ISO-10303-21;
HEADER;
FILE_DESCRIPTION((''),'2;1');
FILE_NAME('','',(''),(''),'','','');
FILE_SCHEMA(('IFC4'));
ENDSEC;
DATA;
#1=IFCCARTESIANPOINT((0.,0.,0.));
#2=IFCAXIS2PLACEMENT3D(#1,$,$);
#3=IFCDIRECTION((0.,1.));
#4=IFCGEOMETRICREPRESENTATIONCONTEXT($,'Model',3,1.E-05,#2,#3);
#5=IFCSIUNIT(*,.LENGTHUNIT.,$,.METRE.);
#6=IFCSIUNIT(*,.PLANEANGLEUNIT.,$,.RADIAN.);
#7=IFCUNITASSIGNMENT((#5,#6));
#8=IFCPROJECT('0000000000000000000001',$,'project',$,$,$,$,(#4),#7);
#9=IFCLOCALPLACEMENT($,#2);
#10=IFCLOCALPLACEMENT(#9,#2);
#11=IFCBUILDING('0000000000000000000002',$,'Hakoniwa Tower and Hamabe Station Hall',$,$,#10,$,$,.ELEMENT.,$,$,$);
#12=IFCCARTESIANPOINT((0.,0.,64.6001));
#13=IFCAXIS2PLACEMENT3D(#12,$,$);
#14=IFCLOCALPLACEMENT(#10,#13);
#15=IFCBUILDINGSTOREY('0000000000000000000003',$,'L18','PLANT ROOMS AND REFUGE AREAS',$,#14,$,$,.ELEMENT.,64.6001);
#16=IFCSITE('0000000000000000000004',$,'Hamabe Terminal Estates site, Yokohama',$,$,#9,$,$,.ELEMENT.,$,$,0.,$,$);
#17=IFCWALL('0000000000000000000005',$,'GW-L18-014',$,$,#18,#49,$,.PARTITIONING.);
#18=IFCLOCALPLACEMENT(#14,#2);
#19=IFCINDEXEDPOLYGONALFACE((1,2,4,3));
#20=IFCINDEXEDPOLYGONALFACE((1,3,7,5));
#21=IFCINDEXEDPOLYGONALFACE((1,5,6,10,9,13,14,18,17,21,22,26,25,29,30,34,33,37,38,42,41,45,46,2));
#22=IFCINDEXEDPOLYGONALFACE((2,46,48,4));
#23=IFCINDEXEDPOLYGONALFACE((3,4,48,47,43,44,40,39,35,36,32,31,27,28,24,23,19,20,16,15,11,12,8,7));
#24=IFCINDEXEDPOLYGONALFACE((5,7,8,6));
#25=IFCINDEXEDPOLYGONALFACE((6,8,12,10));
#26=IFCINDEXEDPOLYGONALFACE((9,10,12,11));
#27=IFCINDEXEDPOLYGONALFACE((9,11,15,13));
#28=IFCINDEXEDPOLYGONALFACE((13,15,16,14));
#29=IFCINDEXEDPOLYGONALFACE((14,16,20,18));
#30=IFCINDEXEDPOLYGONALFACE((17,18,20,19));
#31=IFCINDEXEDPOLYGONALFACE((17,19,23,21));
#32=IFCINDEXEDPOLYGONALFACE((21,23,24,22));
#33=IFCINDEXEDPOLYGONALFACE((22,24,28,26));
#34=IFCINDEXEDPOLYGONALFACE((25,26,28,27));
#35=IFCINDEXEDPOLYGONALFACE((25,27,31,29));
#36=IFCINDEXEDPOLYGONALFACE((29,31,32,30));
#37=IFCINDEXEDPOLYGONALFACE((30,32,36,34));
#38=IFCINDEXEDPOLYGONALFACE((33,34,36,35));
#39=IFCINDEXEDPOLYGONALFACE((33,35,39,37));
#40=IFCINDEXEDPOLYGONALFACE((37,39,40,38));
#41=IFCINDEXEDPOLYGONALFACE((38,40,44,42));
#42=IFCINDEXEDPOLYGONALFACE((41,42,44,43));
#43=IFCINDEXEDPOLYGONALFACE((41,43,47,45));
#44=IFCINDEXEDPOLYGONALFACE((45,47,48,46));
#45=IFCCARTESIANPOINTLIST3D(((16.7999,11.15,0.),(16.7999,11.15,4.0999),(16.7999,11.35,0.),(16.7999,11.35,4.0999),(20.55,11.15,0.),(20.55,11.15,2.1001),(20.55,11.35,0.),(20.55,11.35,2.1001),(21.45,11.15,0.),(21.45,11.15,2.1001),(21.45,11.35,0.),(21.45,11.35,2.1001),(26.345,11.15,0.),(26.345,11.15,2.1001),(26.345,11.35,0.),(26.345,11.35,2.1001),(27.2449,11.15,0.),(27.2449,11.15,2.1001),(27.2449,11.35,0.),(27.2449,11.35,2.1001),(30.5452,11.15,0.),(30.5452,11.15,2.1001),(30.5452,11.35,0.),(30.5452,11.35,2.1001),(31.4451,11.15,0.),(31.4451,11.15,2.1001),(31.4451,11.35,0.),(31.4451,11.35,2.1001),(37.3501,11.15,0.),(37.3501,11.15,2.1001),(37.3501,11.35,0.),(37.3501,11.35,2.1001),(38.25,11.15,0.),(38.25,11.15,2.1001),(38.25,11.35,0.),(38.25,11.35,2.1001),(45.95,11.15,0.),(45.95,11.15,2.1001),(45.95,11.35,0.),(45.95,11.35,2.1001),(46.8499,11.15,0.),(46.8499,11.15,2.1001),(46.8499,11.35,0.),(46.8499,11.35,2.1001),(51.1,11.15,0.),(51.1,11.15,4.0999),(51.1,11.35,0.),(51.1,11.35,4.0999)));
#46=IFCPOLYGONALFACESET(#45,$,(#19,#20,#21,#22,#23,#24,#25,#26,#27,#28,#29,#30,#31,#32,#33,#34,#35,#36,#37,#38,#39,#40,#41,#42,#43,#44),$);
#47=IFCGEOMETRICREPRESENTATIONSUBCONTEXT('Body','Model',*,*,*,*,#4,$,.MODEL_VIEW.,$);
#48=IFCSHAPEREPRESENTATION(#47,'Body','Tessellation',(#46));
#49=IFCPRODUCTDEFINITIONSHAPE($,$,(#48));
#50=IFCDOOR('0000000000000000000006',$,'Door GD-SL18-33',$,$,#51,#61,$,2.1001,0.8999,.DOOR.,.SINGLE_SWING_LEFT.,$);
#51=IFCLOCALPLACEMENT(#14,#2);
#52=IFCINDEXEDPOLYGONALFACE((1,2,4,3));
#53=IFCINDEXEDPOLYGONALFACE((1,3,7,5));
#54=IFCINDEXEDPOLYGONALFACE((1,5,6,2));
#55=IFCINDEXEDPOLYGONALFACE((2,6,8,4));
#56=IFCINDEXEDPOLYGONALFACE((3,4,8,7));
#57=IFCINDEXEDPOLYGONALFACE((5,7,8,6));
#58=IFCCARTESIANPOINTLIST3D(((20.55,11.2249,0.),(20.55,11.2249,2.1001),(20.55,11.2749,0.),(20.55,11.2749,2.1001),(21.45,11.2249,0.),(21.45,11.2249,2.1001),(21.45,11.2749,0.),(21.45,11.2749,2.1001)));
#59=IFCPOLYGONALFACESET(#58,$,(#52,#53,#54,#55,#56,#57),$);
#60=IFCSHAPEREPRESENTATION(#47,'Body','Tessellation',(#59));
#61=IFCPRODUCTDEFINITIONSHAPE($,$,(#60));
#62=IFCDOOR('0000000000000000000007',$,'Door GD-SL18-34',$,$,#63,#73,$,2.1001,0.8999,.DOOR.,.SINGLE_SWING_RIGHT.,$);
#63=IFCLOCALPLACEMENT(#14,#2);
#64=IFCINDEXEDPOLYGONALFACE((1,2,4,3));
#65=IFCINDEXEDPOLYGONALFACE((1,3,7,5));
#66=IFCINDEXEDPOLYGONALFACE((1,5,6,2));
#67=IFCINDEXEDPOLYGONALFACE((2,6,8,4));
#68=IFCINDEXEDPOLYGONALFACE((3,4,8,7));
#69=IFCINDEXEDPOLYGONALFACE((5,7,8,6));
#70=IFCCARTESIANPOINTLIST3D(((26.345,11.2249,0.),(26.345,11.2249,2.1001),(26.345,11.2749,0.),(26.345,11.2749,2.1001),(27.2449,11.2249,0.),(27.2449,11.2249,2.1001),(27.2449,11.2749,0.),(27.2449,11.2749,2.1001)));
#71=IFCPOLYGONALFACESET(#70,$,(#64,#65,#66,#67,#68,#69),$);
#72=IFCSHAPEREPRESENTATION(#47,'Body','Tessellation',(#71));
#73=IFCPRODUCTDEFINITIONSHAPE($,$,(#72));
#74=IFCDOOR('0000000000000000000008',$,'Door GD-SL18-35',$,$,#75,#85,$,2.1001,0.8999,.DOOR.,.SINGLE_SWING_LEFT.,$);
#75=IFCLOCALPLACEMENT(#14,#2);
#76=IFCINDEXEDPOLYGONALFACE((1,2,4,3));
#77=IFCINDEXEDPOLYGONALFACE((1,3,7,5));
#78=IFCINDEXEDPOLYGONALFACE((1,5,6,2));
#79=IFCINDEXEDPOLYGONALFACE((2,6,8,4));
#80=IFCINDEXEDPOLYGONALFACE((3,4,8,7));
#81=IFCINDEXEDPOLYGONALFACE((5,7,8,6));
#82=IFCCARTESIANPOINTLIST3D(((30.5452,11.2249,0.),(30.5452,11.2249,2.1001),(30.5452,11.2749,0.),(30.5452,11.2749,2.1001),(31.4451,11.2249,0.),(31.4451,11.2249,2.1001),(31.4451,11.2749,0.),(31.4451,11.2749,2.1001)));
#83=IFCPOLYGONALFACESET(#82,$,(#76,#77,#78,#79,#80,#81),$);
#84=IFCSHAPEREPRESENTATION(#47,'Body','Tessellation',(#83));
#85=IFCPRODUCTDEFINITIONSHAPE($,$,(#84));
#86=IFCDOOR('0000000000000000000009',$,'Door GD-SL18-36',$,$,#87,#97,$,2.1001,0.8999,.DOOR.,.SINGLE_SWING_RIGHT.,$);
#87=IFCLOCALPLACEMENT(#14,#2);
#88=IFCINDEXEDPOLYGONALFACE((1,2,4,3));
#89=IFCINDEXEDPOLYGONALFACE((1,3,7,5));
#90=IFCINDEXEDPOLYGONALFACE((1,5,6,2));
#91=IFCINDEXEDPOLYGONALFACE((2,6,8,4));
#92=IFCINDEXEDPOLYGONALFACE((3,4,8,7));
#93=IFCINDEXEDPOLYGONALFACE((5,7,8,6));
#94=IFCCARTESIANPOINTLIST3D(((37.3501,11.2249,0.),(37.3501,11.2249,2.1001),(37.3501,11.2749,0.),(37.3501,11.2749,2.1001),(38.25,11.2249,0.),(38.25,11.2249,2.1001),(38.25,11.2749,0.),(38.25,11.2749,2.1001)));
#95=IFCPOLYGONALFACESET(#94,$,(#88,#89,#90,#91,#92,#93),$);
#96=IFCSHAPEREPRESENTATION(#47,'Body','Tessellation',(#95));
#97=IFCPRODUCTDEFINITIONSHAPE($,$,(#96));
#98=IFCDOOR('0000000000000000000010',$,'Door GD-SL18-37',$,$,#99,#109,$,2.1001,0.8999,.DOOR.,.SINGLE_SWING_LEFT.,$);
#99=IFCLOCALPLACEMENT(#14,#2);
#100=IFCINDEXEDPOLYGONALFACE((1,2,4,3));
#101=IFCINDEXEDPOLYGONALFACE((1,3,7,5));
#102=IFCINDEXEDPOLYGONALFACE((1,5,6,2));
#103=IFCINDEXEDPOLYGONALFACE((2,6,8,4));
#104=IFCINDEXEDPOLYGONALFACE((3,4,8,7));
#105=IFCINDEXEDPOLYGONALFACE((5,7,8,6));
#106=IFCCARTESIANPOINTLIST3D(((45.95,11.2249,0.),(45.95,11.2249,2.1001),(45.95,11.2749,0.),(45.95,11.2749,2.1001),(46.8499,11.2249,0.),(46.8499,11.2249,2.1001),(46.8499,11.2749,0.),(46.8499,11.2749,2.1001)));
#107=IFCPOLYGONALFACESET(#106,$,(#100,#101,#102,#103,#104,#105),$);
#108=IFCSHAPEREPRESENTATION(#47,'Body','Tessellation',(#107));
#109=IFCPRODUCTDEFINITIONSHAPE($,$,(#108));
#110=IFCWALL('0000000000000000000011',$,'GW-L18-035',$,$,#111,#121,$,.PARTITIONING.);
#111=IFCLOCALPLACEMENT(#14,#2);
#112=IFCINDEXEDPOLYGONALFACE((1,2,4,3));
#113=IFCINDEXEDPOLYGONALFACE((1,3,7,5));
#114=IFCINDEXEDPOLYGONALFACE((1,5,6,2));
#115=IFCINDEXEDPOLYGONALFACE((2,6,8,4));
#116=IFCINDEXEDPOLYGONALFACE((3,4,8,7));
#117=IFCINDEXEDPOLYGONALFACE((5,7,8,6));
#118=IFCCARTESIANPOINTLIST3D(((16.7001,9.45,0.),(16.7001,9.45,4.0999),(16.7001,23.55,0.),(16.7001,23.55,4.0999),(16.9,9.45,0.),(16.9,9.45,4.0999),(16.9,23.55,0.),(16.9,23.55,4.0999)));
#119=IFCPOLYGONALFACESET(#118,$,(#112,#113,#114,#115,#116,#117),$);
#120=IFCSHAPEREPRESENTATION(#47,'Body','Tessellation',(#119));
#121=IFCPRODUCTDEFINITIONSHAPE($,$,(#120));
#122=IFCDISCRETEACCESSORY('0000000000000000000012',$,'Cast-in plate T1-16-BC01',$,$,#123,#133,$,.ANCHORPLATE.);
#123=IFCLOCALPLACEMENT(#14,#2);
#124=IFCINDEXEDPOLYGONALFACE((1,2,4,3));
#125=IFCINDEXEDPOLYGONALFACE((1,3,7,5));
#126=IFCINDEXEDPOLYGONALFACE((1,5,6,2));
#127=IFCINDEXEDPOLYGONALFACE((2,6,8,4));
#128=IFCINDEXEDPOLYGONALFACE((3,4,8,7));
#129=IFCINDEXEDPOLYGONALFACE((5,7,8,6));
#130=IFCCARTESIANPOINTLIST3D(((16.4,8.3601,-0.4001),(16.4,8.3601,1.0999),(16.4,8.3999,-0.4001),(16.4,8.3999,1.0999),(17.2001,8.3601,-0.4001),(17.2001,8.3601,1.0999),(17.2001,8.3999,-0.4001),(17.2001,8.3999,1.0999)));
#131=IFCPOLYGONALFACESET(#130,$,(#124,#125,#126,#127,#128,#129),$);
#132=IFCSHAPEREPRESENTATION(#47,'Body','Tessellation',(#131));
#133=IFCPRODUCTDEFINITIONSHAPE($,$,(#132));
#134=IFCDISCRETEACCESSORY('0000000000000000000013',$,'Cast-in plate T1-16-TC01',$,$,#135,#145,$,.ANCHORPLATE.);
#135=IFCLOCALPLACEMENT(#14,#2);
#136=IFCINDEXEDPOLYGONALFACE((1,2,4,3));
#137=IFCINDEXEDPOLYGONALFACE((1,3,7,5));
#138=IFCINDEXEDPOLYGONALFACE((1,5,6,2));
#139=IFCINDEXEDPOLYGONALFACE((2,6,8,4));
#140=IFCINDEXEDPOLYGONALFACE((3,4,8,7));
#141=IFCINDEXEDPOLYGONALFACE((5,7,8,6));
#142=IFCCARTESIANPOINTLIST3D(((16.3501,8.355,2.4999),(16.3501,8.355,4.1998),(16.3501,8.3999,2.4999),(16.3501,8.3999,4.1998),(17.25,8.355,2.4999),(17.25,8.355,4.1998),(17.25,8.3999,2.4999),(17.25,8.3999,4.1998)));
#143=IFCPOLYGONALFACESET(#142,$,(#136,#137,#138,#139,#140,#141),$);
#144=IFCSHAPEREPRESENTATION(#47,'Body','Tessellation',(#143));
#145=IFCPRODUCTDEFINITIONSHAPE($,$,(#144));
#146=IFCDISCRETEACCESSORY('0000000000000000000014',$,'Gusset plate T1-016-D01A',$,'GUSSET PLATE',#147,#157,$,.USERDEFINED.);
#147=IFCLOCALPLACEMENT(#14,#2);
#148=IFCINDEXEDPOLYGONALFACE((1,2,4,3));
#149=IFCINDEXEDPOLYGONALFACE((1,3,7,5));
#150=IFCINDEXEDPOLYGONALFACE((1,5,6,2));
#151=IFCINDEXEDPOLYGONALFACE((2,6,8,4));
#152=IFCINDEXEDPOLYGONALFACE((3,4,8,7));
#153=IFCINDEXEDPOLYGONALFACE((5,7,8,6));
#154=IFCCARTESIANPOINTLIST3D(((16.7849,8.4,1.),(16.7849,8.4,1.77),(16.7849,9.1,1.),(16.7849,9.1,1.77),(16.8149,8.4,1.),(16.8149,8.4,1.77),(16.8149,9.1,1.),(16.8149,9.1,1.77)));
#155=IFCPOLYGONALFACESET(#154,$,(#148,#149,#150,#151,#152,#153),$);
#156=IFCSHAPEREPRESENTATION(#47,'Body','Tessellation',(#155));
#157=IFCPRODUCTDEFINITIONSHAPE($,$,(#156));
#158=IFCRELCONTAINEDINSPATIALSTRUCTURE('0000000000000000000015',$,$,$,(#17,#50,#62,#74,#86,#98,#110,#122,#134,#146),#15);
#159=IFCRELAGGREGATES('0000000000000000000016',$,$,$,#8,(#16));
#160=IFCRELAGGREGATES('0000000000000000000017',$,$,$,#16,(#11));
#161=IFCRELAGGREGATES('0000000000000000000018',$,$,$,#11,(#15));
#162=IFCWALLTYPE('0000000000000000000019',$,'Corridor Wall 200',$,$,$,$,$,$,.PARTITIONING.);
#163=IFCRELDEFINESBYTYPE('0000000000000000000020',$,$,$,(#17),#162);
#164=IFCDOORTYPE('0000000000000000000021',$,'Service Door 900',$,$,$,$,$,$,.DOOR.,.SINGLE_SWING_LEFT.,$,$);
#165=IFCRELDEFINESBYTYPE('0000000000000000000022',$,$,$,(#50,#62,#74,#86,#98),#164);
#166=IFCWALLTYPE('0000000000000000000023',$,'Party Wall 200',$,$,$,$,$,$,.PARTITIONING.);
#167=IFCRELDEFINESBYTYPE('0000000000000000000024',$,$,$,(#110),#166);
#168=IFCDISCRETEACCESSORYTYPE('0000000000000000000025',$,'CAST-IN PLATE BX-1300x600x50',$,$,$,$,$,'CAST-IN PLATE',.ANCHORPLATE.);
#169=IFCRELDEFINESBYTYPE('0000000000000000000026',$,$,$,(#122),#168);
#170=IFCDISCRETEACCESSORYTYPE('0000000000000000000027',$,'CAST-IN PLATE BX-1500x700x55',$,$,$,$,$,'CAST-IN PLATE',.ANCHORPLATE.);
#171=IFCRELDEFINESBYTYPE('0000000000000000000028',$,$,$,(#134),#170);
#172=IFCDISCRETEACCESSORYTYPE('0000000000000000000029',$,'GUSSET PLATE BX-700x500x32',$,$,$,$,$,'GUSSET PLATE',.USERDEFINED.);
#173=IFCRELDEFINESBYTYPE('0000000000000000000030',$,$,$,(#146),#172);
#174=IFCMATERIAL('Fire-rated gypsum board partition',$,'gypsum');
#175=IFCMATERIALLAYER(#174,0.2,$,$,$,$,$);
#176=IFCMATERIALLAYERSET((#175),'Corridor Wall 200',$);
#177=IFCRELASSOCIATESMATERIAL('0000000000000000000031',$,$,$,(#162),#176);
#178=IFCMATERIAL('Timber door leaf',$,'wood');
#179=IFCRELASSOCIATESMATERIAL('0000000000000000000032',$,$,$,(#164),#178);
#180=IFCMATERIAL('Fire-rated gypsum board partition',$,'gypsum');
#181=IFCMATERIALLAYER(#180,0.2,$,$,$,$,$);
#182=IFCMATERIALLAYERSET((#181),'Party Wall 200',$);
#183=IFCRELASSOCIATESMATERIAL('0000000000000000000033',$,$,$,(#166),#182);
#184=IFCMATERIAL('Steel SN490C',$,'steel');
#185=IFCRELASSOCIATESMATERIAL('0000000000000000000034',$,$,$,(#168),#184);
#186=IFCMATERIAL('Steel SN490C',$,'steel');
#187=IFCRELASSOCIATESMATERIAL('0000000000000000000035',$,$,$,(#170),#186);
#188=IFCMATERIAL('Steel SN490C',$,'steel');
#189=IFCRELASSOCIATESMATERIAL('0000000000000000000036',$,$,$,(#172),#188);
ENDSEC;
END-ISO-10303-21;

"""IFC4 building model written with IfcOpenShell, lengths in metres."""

from ifc_helpers import new_model, si_unit, direction, frame, frame_2d, origin, origin_2d, place, context, subcontext, project, spatial, rectangle, extrude, material, layer, layer_set, material_profile, profile_set, type_object, element, fill, save


model = new_model("IFC4")

# Units and contexts
model_context = context("Model", 3, precision=1e-05, world=origin(), true_north=direction((0.0, 1.0)))
body_context = subcontext(model_context, "Body", "Model", "MODEL_VIEW")
ifc_project = project(units=[si_unit("LENGTHUNIT", "METRE"), si_unit("PLANEANGLEUNIT", "RADIAN")], contexts=[model_context])

# Site, building, storey
site_placement = place(None, origin())
site = spatial("IfcSite", under=ifc_project, at=site_placement, Name="Hamabe Terminal Estates site, Yokohama", CompositionType="ELEMENT", RefElevation=0.0)
building_placement = place(site_placement, origin())
building = spatial("IfcBuilding", under=site, at=building_placement, Name="Hakoniwa Tower and Hamabe Station Hall", CompositionType="ELEMENT")
storey_placement = place(building_placement, frame((0.0, 0.0, 64.6001)))
storey = spatial("IfcBuildingStorey", under=building, at=storey_placement, Name="L18", Description="PLANT ROOMS AND REFUGE AREAS", CompositionType="ELEMENT", Elevation=64.6001)

# Wall, openings, doors
ifc_material_1 = material(Name="Fire-rated gypsum board partition", Category="gypsum")
ifc_layer_1 = layer(ifc_material_1, 0.2)
ifc_layer_set_1 = layer_set([ifc_layer_1], Name="Corridor Wall 200")
wall_type_1 = type_object("IfcWallType", Name="Corridor Wall 200", PredefinedType="PARTITIONING", material=ifc_layer_set_1)
wall_1_placement = place(storey_placement, frame((16.8, 11.25, 0.0), z_axis=(0.0, 0.0, 1.0), x_axis=(1.0, 0.0, 0.0)))
wall_1 = element("IfcWall", 1, at=wall_1_placement, inside=storey, type_object=wall_type_1, Name="GW-L18-014", PredefinedType="PARTITIONING", context=body_context, shape_type="SweptSolid", body=[
    extrude(rectangle(XDim=34.3, YDim=0.2, at=frame_2d((17.1499, 0.0))), origin(), (0.0, 0.0, 1.0), 4.0999),
])
opening_1_placement = place(wall_1_placement, frame((3.75, 0.0, 0.0)))
opening_1 = element("IfcOpeningElement", 2, at=opening_1_placement, cuts=wall_1, PredefinedType="OPENING", context=body_context, shape_type="SweptSolid", body=[
    extrude(rectangle(XDim=0.8999, YDim=2.1001, at=frame_2d((0.45, 1.05))), frame((0.0, 0.1099, 0.0), z_axis=(0.0, -1.0, 0.0), x_axis=(1.0, 0.0, 0.0)), (0.0, 0.0, 1.0), 0.22),
])
opening_2_placement = place(wall_1_placement, frame((9.5449, 0.0, 0.0)))
opening_2 = element("IfcOpeningElement", 3, at=opening_2_placement, cuts=wall_1, PredefinedType="OPENING", context=body_context, shape_type="SweptSolid", body=[
    extrude(rectangle(XDim=0.8999, YDim=2.1001, at=frame_2d((0.45, 1.05))), frame((0.0, 0.1099, 0.0), z_axis=(0.0, -1.0, 0.0), x_axis=(1.0, 0.0, 0.0)), (0.0, 0.0, 1.0), 0.22),
])
opening_3_placement = place(wall_1_placement, frame((13.7451, 0.0, 0.0)))
opening_3 = element("IfcOpeningElement", 4, at=opening_3_placement, cuts=wall_1, PredefinedType="OPENING", context=body_context, shape_type="SweptSolid", body=[
    extrude(rectangle(XDim=0.8999, YDim=2.1001, at=frame_2d((0.45, 1.05))), frame((0.0, 0.1099, 0.0), z_axis=(0.0, -1.0, 0.0), x_axis=(1.0, 0.0, 0.0)), (0.0, 0.0, 1.0), 0.22),
])
opening_4_placement = place(wall_1_placement, frame((20.55, 0.0, 0.0)))
opening_4 = element("IfcOpeningElement", 5, at=opening_4_placement, cuts=wall_1, PredefinedType="OPENING", context=body_context, shape_type="SweptSolid", body=[
    extrude(rectangle(XDim=0.8999, YDim=2.1001, at=frame_2d((0.45, 1.05))), frame((0.0, 0.1099, 0.0), z_axis=(0.0, -1.0, 0.0), x_axis=(1.0, 0.0, 0.0)), (0.0, 0.0, 1.0), 0.22),
])
opening_5_placement = place(wall_1_placement, frame((29.1499, 0.0, 0.0)))
opening_5 = element("IfcOpeningElement", 6, at=opening_5_placement, cuts=wall_1, PredefinedType="OPENING", context=body_context, shape_type="SweptSolid", body=[
    extrude(rectangle(XDim=0.8999, YDim=2.1001, at=frame_2d((0.45, 1.05))), frame((0.0, 0.1099, 0.0), z_axis=(0.0, -1.0, 0.0), x_axis=(1.0, 0.0, 0.0)), (0.0, 0.0, 1.0), 0.22),
])
ifc_material_2 = material(Name="Timber door leaf", Category="wood")
door_type_1 = type_object("IfcDoorType", Name="Service Door 900", OperationType="SINGLE_SWING_LEFT", PredefinedType="DOOR", material=ifc_material_2)
door_1_placement = place(opening_1_placement, origin())
door_1 = element("IfcDoor", 7, at=door_1_placement, inside=storey, type_object=door_type_1, Name="Door GD-SL18-33", OperationType="SINGLE_SWING_LEFT", OverallHeight=2.1001, OverallWidth=0.8999, PredefinedType="DOOR", context=body_context, shape_type="SweptSolid", body=[
    extrude(rectangle(XDim=0.8999, YDim=2.1001, at=frame_2d((0.45, 1.05))), frame((0.0, 0.0249, 0.0), z_axis=(0.0, -1.0, 0.0), x_axis=(1.0, 0.0, 0.0)), (0.0, 0.0, 1.0), 0.05),
])
fill(opening_1, door_1)
door_2_placement = place(opening_2_placement, origin())
door_2 = element("IfcDoor", 8, at=door_2_placement, inside=storey, type_object=door_type_1, Name="Door GD-SL18-34", OperationType="SINGLE_SWING_RIGHT", OverallHeight=2.1001, OverallWidth=0.8999, PredefinedType="DOOR", context=body_context, shape_type="SweptSolid", body=[
    extrude(rectangle(XDim=0.8999, YDim=2.1001, at=frame_2d((0.45, 1.05))), frame((0.0, 0.0249, 0.0), z_axis=(0.0, -1.0, 0.0), x_axis=(1.0, 0.0, 0.0)), (0.0, 0.0, 1.0), 0.05),
])
fill(opening_2, door_2)
door_3_placement = place(opening_3_placement, origin())
door_3 = element("IfcDoor", 9, at=door_3_placement, inside=storey, type_object=door_type_1, Name="Door GD-SL18-35", OperationType="SINGLE_SWING_LEFT", OverallHeight=2.1001, OverallWidth=0.8999, PredefinedType="DOOR", context=body_context, shape_type="SweptSolid", body=[
    extrude(rectangle(XDim=0.8999, YDim=2.1001, at=frame_2d((0.45, 1.05))), frame((0.0, 0.0249, 0.0), z_axis=(0.0, -1.0, 0.0), x_axis=(1.0, 0.0, 0.0)), (0.0, 0.0, 1.0), 0.05),
])
fill(opening_3, door_3)
door_4_placement = place(opening_4_placement, origin())
door_4 = element("IfcDoor", 10, at=door_4_placement, inside=storey, type_object=door_type_1, Name="Door GD-SL18-36", OperationType="SINGLE_SWING_RIGHT", OverallHeight=2.1001, OverallWidth=0.8999, PredefinedType="DOOR", context=body_context, shape_type="SweptSolid", body=[
    extrude(rectangle(XDim=0.8999, YDim=2.1001, at=frame_2d((0.45, 1.05))), frame((0.0, 0.0249, 0.0), z_axis=(0.0, -1.0, 0.0), x_axis=(1.0, 0.0, 0.0)), (0.0, 0.0, 1.0), 0.05),
])
fill(opening_4, door_4)
door_5_placement = place(opening_5_placement, origin())
door_5 = element("IfcDoor", 11, at=door_5_placement, inside=storey, type_object=door_type_1, Name="Door GD-SL18-37", OperationType="SINGLE_SWING_LEFT", OverallHeight=2.1001, OverallWidth=0.8999, PredefinedType="DOOR", context=body_context, shape_type="SweptSolid", body=[
    extrude(rectangle(XDim=0.8999, YDim=2.1001, at=frame_2d((0.45, 1.05))), frame((0.0, 0.0249, 0.0), z_axis=(0.0, -1.0, 0.0), x_axis=(1.0, 0.0, 0.0)), (0.0, 0.0, 1.0), 0.05),
])
fill(opening_5, door_5)

# Wall
ifc_material_3 = material(Name="Fire-rated gypsum board partition", Category="gypsum")
ifc_layer_2 = layer(ifc_material_3, 0.2)
ifc_layer_set_2 = layer_set([ifc_layer_2], Name="Party Wall 200")
wall_type_2 = type_object("IfcWallType", Name="Party Wall 200", PredefinedType="PARTITIONING", material=ifc_layer_set_2)
wall_2_placement = place(storey_placement, frame((16.8, 9.45, 0.0), z_axis=(0.0, 0.0, 1.0), x_axis=(0.0, 1.0, 0.0)))
element("IfcWall", 12, at=wall_2_placement, inside=storey, type_object=wall_type_2, Name="GW-L18-035", PredefinedType="PARTITIONING", context=body_context, shape_type="SweptSolid", body=[
    extrude(rectangle(XDim=14.1001, YDim=0.2, at=frame_2d((7.05, 0.0))), origin(), (0.0, 0.0, 1.0), 4.0999),
])

# Discrete accessories
ifc_material_4 = material(Name="Steel SN490C", Category="steel")
ifc_material_profile_1 = material_profile(ifc_material_4, rectangle(XDim=0.8, YDim=1.5, at=origin_2d()), Name="CAST-IN PLATE BX-1300x600x50")
ifc_profile_set_1 = profile_set([ifc_material_profile_1], Name="Steel SN490C")
discrete_accessory_type_1 = type_object("IfcDiscreteAccessoryType", Name="CAST-IN PLATE BX-1300x600x50", ElementType="CAST-IN PLATE", PredefinedType="ANCHORPLATE", material=ifc_profile_set_1)
discrete_accessory_1_placement = place(storey_placement, frame((16.8, 8.3601, 0.3499), z_axis=(0.0, 1.0, 0.0), x_axis=(-1.0, 0.0, 0.0)))
element("IfcDiscreteAccessory", 13, at=discrete_accessory_1_placement, inside=storey, type_object=discrete_accessory_type_1, Name="Cast-in plate T1-16-BC01", PredefinedType="ANCHORPLATE", context=body_context, shape_type="SweptSolid", body=[
    extrude(rectangle(XDim=0.8, YDim=1.5, at=origin_2d()), origin(), (0.0, 0.0, 1.0), 0.0398),
])
ifc_material_5 = material(Name="Steel SN490C", Category="steel")
ifc_material_profile_2 = material_profile(ifc_material_5, rectangle(XDim=0.8999, YDim=1.7, at=origin_2d()), Name="CAST-IN PLATE BX-1500x700x55")
ifc_profile_set_2 = profile_set([ifc_material_profile_2], Name="Steel SN490C")
discrete_accessory_type_2 = type_object("IfcDiscreteAccessoryType", Name="CAST-IN PLATE BX-1500x700x55", ElementType="CAST-IN PLATE", PredefinedType="ANCHORPLATE", material=ifc_profile_set_2)
discrete_accessory_2_placement = place(storey_placement, frame((16.8, 8.355, 3.3499), z_axis=(0.0, 1.0, 0.0), x_axis=(-1.0, 0.0, 0.0)))
element("IfcDiscreteAccessory", 14, at=discrete_accessory_2_placement, inside=storey, type_object=discrete_accessory_type_2, Name="Cast-in plate T1-16-TC01", PredefinedType="ANCHORPLATE", context=body_context, shape_type="SweptSolid", body=[
    extrude(rectangle(XDim=0.8999, YDim=1.7, at=origin_2d()), origin(), (0.0, 0.0, 1.0), 0.0449),
])
ifc_material_6 = material(Name="Steel SN490C", Category="steel")
ifc_material_profile_3 = material_profile(ifc_material_6, rectangle(XDim=0.7, YDim=0.77, at=origin_2d()), Name="GUSSET PLATE BX-700x500x32")
ifc_profile_set_3 = profile_set([ifc_material_profile_3], Name="Steel SN490C")
discrete_accessory_type_3 = type_object("IfcDiscreteAccessoryType", Name="GUSSET PLATE BX-700x500x32", ElementType="GUSSET PLATE", PredefinedType="USERDEFINED", material=ifc_profile_set_3)
for number, where, z_axis, x_axis, name in (
    (15, (16.8149, 8.75, 1.385), (-1.0, 0.0, 0.0), (0.0, -1.0, 0.0), "Gusset plate T1-016-D01A"),
):
    element("IfcDiscreteAccessory", number, at=place(storey_placement, frame(where, z_axis=z_axis, x_axis=x_axis)), inside=storey, type_object=discrete_accessory_type_3, Name=name, ObjectType="GUSSET PLATE", PredefinedType="USERDEFINED", context=body_context, shape_type="SweptSolid", body=[
        extrude(rectangle(XDim=0.7, YDim=0.77, at=origin_2d()), origin(), (0.0, 0.0, 1.0), 0.03),
    ])

save(model, "model.ifc")
